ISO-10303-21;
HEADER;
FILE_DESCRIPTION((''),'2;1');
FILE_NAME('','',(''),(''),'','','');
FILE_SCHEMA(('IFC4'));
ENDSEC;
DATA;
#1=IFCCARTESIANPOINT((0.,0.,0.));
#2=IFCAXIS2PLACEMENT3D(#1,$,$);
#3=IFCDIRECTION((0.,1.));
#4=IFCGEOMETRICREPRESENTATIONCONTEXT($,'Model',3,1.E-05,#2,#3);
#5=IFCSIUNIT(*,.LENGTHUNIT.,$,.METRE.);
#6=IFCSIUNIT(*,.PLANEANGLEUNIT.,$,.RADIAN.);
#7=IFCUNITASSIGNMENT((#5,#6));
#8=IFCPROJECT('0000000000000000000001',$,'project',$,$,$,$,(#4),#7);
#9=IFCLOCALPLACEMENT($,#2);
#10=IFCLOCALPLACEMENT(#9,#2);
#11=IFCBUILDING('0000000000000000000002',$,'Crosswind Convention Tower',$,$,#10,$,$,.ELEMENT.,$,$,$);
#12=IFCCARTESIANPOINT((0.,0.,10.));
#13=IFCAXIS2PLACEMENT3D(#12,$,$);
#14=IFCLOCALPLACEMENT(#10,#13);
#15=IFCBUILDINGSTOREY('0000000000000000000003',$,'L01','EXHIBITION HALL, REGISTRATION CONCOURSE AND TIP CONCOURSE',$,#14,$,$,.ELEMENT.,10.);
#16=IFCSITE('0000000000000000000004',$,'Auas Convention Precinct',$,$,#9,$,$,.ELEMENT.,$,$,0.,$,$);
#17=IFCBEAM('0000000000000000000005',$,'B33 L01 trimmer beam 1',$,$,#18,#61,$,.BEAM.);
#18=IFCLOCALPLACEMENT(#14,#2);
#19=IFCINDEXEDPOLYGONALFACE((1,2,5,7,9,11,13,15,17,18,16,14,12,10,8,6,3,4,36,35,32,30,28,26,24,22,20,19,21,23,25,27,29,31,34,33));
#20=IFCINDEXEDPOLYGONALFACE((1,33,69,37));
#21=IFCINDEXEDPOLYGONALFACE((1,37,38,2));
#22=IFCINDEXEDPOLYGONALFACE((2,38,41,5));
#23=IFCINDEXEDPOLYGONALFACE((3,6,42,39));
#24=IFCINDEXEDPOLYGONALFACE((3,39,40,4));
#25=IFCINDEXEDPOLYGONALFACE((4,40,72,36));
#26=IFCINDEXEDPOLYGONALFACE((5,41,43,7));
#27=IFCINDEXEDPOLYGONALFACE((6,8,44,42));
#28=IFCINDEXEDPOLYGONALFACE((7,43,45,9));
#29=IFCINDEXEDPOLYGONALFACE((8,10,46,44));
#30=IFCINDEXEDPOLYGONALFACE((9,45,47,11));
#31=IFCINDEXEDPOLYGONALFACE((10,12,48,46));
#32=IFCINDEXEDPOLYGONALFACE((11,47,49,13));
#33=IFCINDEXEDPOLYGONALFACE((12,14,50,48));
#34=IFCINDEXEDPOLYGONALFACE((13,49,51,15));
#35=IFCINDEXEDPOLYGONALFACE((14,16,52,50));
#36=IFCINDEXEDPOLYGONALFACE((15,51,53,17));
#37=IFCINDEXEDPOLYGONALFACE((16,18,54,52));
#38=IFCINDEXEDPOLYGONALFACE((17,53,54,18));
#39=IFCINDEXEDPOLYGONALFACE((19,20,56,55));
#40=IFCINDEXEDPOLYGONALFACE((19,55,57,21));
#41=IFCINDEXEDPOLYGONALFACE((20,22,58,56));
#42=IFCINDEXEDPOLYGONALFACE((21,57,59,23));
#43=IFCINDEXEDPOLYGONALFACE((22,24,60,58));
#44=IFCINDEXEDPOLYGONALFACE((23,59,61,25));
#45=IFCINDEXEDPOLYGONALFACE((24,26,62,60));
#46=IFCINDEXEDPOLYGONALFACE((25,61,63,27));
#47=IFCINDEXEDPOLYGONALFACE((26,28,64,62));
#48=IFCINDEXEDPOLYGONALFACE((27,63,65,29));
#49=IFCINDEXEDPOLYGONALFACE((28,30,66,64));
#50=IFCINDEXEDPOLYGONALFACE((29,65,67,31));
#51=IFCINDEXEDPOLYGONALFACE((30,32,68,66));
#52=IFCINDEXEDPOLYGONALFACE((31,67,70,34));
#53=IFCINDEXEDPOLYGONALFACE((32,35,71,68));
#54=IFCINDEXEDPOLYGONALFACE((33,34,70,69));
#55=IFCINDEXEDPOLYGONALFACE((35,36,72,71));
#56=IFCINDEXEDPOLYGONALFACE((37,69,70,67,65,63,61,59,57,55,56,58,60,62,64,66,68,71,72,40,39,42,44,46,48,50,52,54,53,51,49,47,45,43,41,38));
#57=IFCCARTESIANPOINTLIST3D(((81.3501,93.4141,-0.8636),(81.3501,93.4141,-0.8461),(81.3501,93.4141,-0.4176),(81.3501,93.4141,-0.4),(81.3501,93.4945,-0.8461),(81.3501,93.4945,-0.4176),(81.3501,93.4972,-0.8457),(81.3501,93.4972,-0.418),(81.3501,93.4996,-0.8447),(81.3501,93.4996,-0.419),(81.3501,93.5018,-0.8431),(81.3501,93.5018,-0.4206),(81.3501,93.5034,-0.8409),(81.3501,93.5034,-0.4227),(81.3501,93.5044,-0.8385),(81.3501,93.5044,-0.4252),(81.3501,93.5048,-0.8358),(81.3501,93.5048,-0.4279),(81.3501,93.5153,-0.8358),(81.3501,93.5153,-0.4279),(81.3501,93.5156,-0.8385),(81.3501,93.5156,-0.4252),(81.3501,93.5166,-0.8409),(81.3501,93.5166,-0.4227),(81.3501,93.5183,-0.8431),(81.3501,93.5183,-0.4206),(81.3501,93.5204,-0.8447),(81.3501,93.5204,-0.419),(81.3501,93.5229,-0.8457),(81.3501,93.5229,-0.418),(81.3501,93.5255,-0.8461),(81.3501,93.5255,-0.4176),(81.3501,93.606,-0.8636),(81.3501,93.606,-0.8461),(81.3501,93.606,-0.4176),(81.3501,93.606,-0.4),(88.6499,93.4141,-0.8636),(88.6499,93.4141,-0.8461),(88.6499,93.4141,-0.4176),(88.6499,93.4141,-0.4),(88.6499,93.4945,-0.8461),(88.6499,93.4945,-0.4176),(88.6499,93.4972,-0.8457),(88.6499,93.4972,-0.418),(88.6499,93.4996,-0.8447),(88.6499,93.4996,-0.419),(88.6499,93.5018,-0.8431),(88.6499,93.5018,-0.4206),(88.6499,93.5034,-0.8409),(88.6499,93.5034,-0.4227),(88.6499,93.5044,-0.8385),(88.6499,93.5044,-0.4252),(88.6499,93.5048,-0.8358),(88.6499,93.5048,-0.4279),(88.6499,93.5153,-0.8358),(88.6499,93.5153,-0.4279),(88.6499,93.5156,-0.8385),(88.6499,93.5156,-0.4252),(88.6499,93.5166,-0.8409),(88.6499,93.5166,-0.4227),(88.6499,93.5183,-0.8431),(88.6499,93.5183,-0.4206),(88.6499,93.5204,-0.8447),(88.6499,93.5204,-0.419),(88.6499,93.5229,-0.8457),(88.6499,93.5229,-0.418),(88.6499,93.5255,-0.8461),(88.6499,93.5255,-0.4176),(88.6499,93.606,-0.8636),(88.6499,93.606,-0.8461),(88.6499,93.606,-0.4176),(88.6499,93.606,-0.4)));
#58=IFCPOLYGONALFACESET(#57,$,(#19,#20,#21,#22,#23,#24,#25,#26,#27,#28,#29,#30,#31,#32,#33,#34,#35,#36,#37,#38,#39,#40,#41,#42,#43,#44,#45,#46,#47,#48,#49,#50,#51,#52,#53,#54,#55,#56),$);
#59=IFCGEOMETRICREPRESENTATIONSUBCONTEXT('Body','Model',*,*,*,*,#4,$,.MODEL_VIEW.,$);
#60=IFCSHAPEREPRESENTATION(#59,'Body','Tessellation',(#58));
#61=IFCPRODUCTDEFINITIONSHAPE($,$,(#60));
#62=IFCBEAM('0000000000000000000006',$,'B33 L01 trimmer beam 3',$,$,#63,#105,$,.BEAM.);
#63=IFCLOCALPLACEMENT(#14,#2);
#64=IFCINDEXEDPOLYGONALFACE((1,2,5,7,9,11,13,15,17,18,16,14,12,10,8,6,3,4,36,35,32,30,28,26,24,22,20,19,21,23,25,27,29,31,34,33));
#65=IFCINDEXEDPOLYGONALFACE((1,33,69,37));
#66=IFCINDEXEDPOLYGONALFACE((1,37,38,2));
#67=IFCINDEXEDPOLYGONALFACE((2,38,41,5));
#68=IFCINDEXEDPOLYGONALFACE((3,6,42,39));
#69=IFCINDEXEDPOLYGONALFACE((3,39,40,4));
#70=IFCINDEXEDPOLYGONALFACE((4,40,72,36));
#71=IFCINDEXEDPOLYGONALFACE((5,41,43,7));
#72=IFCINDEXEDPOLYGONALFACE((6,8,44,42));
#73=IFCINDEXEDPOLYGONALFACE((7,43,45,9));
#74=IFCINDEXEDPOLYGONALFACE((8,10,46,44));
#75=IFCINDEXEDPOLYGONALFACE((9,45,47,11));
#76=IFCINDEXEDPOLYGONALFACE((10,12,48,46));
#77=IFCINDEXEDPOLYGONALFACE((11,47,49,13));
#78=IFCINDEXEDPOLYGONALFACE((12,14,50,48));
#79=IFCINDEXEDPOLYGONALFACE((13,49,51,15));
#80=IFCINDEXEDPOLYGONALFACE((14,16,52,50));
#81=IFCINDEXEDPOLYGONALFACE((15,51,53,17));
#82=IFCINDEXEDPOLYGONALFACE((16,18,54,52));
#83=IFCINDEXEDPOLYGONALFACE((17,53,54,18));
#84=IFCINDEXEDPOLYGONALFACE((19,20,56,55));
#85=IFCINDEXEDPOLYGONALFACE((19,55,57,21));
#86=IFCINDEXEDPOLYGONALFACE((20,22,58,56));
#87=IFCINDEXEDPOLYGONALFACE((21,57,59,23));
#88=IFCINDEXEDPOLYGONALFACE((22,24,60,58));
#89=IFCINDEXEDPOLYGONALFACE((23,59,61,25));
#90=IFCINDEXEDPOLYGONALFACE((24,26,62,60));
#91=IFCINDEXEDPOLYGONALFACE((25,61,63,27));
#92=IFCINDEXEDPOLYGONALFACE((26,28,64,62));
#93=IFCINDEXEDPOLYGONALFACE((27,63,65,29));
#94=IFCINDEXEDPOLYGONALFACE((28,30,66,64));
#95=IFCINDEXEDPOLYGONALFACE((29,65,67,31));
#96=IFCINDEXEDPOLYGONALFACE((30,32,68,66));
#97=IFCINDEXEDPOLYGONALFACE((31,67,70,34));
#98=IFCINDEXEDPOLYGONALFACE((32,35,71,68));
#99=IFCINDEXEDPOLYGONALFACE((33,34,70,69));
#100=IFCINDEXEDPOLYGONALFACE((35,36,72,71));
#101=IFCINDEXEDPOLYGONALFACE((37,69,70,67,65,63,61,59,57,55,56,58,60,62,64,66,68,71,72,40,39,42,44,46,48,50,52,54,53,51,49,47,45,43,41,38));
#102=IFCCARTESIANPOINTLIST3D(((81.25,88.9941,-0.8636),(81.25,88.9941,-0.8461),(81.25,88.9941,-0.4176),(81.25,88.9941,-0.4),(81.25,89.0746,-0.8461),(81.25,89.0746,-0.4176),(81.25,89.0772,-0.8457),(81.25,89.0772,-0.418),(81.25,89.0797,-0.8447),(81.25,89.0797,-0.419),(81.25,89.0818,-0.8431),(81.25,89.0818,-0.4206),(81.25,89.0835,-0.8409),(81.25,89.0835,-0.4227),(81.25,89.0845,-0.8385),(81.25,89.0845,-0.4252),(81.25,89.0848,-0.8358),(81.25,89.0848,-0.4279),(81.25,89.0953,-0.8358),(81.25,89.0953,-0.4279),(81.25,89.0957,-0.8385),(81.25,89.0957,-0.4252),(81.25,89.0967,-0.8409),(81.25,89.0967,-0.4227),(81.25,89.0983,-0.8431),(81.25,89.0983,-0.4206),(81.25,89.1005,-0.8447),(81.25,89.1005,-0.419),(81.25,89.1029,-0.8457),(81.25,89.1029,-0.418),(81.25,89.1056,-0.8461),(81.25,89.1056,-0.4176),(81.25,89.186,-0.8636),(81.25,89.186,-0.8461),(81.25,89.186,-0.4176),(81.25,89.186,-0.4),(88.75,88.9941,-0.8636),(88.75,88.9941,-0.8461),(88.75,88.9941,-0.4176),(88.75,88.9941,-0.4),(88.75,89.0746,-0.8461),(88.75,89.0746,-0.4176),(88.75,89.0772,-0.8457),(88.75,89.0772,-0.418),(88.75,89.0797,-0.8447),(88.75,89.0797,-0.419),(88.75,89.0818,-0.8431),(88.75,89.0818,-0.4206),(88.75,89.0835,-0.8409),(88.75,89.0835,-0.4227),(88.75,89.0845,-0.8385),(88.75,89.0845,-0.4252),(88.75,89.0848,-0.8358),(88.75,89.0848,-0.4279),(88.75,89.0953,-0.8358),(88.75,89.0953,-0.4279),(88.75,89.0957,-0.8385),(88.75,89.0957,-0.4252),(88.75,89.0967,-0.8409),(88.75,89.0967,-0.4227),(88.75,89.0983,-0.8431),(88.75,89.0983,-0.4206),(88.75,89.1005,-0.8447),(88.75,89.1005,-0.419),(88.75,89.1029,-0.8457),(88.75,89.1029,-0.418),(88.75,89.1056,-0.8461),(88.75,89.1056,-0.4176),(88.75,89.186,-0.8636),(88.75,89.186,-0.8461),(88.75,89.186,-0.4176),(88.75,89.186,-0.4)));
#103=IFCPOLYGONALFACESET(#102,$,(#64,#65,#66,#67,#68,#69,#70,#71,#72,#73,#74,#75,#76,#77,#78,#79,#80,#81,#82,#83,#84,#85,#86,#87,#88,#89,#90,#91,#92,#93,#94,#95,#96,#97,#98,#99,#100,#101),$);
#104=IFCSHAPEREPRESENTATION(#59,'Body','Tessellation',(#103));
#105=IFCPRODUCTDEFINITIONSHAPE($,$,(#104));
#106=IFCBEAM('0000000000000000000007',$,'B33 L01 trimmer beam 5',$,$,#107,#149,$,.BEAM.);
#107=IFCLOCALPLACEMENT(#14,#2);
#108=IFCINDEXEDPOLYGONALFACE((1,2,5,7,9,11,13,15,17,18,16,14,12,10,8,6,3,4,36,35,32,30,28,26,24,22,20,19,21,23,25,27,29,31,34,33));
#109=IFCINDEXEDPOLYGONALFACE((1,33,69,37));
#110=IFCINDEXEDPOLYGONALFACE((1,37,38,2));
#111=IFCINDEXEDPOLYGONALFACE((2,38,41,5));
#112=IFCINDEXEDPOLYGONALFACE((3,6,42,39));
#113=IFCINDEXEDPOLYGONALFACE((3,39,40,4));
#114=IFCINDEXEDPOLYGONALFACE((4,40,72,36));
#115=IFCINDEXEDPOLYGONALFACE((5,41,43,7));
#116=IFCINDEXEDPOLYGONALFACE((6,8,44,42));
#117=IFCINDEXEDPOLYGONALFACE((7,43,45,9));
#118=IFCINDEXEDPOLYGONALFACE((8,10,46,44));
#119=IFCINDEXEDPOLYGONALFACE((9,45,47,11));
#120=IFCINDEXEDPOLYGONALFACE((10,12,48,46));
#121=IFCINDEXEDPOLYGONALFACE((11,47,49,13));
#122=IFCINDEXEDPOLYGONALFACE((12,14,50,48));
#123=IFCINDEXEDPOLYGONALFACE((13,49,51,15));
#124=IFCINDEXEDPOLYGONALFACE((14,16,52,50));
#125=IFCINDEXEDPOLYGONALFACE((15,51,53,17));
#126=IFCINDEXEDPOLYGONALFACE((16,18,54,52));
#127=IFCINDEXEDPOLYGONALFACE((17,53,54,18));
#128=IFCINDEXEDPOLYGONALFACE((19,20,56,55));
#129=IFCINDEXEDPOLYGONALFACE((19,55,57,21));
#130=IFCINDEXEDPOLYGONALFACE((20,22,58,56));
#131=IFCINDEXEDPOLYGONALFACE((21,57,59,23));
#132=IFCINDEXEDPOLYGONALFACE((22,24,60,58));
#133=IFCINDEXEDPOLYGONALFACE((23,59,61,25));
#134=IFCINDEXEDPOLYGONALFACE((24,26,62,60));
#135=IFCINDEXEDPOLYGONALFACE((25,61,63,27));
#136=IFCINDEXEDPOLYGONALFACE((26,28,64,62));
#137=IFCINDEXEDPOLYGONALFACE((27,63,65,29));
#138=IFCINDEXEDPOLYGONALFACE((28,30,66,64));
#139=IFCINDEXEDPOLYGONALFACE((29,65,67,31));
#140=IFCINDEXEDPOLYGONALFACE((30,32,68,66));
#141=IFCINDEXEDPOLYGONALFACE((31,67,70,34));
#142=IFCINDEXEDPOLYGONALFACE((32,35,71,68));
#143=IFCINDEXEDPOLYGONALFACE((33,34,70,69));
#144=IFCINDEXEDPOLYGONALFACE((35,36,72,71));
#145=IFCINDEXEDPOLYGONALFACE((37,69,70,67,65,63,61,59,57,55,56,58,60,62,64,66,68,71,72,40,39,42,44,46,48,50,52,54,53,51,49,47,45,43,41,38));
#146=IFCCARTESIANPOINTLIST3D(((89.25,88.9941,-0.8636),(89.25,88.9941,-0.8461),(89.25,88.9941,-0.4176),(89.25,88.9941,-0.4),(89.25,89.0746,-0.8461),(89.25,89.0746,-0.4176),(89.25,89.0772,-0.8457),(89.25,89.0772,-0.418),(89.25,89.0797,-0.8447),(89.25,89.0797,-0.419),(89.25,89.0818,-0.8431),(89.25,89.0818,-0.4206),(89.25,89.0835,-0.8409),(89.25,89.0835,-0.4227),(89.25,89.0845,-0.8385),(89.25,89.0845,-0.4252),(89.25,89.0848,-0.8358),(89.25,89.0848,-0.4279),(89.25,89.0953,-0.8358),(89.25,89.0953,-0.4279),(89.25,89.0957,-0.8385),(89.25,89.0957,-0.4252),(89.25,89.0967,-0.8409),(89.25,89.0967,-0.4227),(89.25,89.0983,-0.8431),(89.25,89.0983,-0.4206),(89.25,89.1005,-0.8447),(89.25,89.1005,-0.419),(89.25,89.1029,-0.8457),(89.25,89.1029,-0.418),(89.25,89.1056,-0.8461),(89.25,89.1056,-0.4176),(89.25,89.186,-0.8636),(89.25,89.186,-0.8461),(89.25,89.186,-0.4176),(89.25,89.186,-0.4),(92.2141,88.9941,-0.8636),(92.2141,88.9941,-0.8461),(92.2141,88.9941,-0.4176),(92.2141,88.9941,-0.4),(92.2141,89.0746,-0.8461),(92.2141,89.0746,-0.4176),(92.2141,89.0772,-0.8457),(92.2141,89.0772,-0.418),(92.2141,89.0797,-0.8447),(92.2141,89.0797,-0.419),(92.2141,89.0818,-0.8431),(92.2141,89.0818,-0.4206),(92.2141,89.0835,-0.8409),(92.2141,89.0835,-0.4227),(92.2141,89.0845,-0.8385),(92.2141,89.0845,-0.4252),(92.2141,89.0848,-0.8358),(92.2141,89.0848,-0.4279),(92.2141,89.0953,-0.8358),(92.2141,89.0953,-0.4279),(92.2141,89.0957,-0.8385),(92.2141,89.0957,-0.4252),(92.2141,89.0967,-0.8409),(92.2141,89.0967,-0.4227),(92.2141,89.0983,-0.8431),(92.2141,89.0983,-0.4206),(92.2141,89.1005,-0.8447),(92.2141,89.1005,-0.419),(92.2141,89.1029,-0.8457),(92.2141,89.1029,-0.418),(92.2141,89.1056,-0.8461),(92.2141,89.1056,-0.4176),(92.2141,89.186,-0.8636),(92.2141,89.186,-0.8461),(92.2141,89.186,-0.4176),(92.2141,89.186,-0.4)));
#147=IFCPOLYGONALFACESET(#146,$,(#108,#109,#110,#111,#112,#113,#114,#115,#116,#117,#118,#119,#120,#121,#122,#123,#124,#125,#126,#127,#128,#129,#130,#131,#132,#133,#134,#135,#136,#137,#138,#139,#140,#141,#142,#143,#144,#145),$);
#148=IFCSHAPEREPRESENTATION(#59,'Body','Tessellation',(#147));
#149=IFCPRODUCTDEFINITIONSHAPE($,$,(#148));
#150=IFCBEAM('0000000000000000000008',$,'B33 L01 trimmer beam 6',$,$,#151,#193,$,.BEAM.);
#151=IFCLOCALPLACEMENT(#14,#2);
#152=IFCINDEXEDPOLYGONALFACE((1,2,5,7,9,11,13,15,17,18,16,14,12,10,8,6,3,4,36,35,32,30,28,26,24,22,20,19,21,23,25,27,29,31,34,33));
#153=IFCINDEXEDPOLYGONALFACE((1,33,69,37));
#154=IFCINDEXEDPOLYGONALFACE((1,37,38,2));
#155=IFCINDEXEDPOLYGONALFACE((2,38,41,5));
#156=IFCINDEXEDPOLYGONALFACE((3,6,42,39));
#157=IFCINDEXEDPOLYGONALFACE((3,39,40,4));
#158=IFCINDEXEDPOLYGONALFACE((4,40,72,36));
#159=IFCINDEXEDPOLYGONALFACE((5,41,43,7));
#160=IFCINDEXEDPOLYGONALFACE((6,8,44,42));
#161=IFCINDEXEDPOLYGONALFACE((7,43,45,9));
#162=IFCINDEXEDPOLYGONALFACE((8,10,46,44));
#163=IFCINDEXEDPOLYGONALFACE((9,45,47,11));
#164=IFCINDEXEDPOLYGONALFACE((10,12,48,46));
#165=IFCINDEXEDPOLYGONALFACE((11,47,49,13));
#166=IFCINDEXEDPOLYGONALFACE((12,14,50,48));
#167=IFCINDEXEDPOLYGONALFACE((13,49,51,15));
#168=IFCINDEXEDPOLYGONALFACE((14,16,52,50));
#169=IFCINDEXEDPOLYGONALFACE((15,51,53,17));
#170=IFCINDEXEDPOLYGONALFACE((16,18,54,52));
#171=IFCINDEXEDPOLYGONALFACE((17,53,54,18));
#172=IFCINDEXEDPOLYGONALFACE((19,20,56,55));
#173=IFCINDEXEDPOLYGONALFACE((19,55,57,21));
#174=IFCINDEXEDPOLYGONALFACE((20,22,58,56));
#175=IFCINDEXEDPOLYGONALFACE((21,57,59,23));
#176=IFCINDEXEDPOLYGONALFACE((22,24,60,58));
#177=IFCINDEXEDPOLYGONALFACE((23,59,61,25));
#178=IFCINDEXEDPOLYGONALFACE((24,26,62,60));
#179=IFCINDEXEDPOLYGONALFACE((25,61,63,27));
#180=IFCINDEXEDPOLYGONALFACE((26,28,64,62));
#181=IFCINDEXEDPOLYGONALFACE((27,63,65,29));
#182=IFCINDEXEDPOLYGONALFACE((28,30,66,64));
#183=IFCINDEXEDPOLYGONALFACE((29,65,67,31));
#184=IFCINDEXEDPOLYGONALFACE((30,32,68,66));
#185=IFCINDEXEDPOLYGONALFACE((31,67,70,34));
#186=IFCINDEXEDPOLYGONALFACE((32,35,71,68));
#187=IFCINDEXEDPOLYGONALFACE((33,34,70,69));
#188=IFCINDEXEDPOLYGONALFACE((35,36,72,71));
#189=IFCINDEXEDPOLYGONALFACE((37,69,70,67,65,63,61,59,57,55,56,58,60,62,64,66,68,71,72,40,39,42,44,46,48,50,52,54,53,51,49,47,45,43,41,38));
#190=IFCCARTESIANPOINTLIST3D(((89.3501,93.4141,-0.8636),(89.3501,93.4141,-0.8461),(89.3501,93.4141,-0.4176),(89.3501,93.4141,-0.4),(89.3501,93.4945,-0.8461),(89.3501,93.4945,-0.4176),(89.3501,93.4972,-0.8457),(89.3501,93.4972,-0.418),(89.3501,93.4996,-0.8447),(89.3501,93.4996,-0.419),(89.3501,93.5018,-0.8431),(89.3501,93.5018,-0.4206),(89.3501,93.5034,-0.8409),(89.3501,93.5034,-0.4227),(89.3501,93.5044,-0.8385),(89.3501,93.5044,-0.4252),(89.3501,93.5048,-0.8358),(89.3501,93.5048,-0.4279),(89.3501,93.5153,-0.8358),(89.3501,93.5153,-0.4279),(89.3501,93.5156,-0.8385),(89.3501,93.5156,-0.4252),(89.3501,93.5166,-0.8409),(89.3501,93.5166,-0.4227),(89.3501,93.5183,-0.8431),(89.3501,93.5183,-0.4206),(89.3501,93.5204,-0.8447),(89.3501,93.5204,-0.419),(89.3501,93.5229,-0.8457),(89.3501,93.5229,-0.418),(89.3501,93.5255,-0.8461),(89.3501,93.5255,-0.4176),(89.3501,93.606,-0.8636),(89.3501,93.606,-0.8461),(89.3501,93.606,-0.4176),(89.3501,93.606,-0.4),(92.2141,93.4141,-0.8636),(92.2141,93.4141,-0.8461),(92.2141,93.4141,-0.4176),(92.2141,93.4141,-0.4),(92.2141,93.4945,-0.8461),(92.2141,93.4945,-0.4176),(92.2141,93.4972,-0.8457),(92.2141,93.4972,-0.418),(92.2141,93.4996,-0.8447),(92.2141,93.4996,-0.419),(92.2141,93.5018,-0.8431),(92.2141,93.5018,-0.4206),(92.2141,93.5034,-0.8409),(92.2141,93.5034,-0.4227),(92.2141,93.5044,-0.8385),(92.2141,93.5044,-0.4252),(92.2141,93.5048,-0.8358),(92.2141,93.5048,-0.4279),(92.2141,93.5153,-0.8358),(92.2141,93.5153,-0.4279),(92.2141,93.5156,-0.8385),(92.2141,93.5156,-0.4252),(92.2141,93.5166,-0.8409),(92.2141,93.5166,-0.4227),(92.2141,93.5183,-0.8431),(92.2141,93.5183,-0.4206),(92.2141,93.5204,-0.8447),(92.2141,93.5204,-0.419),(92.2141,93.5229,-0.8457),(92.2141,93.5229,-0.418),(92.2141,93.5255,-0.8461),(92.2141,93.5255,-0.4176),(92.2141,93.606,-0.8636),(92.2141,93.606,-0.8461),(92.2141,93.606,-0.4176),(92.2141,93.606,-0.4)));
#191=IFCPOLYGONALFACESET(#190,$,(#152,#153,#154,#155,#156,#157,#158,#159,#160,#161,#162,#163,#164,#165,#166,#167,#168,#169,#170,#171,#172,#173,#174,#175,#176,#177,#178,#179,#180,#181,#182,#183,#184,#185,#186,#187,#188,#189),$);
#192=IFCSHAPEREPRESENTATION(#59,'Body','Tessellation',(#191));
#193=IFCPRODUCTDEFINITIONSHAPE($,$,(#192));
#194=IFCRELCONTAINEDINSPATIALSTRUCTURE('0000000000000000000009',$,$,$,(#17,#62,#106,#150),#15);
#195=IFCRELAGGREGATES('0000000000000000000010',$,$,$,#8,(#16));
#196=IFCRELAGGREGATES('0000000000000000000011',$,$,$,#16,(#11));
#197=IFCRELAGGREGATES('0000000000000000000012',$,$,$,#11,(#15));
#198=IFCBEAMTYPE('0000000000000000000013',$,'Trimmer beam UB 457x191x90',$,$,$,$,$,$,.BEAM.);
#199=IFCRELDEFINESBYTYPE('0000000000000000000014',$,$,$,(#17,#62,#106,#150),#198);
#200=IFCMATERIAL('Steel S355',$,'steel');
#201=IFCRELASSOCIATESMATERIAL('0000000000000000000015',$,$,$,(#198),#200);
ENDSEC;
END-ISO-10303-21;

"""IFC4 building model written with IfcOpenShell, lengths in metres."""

from ifc_helpers import new_model, si_unit, direction, frame, origin, origin_2d, place, context, subcontext, project, spatial, i_section, extrude, material, material_profile, profile_set, type_object, element, save


model = new_model("IFC4")

# Units and contexts
model_context = context("Model", 3, precision=1e-05, world=origin(), true_north=direction((0.0, 1.0)))
body_context = subcontext(model_context, "Body", "Model", "MODEL_VIEW")
ifc_project = project(units=[si_unit("LENGTHUNIT", "METRE"), si_unit("PLANEANGLEUNIT", "RADIAN")], contexts=[model_context])

# Site, building, storey
site_placement = place(None, origin())
site = spatial("IfcSite", under=ifc_project, at=site_placement, Name="Auas Convention Precinct", CompositionType="ELEMENT", RefElevation=0.0)
building_placement = place(site_placement, origin())
building = spatial("IfcBuilding", under=site, at=building_placement, Name="Crosswind Convention Tower", CompositionType="ELEMENT")
storey_placement = place(building_placement, frame((0.0, 0.0, 10.0)))
storey = spatial("IfcBuildingStorey", under=building, at=storey_placement, Name="L01", Description="EXHIBITION HALL, REGISTRATION CONCOURSE AND TIP CONCOURSE", CompositionType="ELEMENT", Elevation=10.0)

# Shared definitions
ifc_material_1 = material(Name="Steel S355", Category="steel")

# Beams
ifc_material_profile_1 = material_profile(ifc_material_1, i_section(OverallWidth=0.1919, OverallDepth=0.4636, WebThickness=0.0105, FlangeThickness=0.0176, FilletRadius=0.0103, at=origin_2d()), Name="UB 457x191x90")
ifc_profile_set_1 = profile_set([ifc_material_profile_1], Name="Steel S355")
beam_type_1 = type_object("IfcBeamType", Name="Trimmer beam UB 457x191x90", PredefinedType="BEAM", material=ifc_profile_set_1)
beam_1_placement = place(storey_placement, frame((88.6499, 93.51, -0.6318), z_axis=(-1.0, 0.0, 0.0), x_axis=(0.0, -1.0, 0.0)))
element("IfcBeam", 1, at=beam_1_placement, inside=storey, type_object=beam_type_1, Name="B33 L01 trimmer beam 1", PredefinedType="BEAM", context=body_context, shape_type="SweptSolid", body=[
    extrude(i_section(OverallWidth=0.1919, OverallDepth=0.4636, WebThickness=0.0105, FlangeThickness=0.0176, FilletRadius=0.0103, at=origin_2d()), origin(), (0.0, 0.0, 1.0), 7.2998),
])
beam_2_placement = place(storey_placement, frame((88.75, 89.0901, -0.6318), z_axis=(-1.0, 0.0, 0.0), x_axis=(0.0, -1.0, 0.0)))
element("IfcBeam", 2, at=beam_2_placement, inside=storey, type_object=beam_type_1, Name="B33 L01 trimmer beam 3", PredefinedType="BEAM", context=body_context, shape_type="SweptSolid", body=[
    extrude(i_section(OverallWidth=0.1919, OverallDepth=0.4636, WebThickness=0.0105, FlangeThickness=0.0176, FilletRadius=0.0103, at=origin_2d()), origin(), (0.0, 0.0, 1.0), 7.5),
])
beam_3_placement = place(storey_placement, frame((92.2141, 89.0901, -0.6318), z_axis=(-1.0, 0.0, 0.0), x_axis=(0.0, -1.0, 0.0)))
element("IfcBeam", 3, at=beam_3_placement, inside=storey, type_object=beam_type_1, Name="B33 L01 trimmer beam 5", PredefinedType="BEAM", context=body_context, shape_type="SweptSolid", body=[
    extrude(i_section(OverallWidth=0.1919, OverallDepth=0.4636, WebThickness=0.0105, FlangeThickness=0.0176, FilletRadius=0.0103, at=origin_2d()), origin(), (0.0, 0.0, 1.0), 2.9641),
])
beam_4_placement = place(storey_placement, frame((92.2141, 93.51, -0.6318), z_axis=(-1.0, 0.0, 0.0), x_axis=(0.0, -1.0, 0.0)))
element("IfcBeam", 4, at=beam_4_placement, inside=storey, type_object=beam_type_1, Name="B33 L01 trimmer beam 6", PredefinedType="BEAM", context=body_context, shape_type="SweptSolid", body=[
    extrude(i_section(OverallWidth=0.1919, OverallDepth=0.4636, WebThickness=0.0105, FlangeThickness=0.0176, FilletRadius=0.0103, at=origin_2d()), origin(), (0.0, 0.0, 1.0), 2.864),
])

save(model, "model.ifc")
